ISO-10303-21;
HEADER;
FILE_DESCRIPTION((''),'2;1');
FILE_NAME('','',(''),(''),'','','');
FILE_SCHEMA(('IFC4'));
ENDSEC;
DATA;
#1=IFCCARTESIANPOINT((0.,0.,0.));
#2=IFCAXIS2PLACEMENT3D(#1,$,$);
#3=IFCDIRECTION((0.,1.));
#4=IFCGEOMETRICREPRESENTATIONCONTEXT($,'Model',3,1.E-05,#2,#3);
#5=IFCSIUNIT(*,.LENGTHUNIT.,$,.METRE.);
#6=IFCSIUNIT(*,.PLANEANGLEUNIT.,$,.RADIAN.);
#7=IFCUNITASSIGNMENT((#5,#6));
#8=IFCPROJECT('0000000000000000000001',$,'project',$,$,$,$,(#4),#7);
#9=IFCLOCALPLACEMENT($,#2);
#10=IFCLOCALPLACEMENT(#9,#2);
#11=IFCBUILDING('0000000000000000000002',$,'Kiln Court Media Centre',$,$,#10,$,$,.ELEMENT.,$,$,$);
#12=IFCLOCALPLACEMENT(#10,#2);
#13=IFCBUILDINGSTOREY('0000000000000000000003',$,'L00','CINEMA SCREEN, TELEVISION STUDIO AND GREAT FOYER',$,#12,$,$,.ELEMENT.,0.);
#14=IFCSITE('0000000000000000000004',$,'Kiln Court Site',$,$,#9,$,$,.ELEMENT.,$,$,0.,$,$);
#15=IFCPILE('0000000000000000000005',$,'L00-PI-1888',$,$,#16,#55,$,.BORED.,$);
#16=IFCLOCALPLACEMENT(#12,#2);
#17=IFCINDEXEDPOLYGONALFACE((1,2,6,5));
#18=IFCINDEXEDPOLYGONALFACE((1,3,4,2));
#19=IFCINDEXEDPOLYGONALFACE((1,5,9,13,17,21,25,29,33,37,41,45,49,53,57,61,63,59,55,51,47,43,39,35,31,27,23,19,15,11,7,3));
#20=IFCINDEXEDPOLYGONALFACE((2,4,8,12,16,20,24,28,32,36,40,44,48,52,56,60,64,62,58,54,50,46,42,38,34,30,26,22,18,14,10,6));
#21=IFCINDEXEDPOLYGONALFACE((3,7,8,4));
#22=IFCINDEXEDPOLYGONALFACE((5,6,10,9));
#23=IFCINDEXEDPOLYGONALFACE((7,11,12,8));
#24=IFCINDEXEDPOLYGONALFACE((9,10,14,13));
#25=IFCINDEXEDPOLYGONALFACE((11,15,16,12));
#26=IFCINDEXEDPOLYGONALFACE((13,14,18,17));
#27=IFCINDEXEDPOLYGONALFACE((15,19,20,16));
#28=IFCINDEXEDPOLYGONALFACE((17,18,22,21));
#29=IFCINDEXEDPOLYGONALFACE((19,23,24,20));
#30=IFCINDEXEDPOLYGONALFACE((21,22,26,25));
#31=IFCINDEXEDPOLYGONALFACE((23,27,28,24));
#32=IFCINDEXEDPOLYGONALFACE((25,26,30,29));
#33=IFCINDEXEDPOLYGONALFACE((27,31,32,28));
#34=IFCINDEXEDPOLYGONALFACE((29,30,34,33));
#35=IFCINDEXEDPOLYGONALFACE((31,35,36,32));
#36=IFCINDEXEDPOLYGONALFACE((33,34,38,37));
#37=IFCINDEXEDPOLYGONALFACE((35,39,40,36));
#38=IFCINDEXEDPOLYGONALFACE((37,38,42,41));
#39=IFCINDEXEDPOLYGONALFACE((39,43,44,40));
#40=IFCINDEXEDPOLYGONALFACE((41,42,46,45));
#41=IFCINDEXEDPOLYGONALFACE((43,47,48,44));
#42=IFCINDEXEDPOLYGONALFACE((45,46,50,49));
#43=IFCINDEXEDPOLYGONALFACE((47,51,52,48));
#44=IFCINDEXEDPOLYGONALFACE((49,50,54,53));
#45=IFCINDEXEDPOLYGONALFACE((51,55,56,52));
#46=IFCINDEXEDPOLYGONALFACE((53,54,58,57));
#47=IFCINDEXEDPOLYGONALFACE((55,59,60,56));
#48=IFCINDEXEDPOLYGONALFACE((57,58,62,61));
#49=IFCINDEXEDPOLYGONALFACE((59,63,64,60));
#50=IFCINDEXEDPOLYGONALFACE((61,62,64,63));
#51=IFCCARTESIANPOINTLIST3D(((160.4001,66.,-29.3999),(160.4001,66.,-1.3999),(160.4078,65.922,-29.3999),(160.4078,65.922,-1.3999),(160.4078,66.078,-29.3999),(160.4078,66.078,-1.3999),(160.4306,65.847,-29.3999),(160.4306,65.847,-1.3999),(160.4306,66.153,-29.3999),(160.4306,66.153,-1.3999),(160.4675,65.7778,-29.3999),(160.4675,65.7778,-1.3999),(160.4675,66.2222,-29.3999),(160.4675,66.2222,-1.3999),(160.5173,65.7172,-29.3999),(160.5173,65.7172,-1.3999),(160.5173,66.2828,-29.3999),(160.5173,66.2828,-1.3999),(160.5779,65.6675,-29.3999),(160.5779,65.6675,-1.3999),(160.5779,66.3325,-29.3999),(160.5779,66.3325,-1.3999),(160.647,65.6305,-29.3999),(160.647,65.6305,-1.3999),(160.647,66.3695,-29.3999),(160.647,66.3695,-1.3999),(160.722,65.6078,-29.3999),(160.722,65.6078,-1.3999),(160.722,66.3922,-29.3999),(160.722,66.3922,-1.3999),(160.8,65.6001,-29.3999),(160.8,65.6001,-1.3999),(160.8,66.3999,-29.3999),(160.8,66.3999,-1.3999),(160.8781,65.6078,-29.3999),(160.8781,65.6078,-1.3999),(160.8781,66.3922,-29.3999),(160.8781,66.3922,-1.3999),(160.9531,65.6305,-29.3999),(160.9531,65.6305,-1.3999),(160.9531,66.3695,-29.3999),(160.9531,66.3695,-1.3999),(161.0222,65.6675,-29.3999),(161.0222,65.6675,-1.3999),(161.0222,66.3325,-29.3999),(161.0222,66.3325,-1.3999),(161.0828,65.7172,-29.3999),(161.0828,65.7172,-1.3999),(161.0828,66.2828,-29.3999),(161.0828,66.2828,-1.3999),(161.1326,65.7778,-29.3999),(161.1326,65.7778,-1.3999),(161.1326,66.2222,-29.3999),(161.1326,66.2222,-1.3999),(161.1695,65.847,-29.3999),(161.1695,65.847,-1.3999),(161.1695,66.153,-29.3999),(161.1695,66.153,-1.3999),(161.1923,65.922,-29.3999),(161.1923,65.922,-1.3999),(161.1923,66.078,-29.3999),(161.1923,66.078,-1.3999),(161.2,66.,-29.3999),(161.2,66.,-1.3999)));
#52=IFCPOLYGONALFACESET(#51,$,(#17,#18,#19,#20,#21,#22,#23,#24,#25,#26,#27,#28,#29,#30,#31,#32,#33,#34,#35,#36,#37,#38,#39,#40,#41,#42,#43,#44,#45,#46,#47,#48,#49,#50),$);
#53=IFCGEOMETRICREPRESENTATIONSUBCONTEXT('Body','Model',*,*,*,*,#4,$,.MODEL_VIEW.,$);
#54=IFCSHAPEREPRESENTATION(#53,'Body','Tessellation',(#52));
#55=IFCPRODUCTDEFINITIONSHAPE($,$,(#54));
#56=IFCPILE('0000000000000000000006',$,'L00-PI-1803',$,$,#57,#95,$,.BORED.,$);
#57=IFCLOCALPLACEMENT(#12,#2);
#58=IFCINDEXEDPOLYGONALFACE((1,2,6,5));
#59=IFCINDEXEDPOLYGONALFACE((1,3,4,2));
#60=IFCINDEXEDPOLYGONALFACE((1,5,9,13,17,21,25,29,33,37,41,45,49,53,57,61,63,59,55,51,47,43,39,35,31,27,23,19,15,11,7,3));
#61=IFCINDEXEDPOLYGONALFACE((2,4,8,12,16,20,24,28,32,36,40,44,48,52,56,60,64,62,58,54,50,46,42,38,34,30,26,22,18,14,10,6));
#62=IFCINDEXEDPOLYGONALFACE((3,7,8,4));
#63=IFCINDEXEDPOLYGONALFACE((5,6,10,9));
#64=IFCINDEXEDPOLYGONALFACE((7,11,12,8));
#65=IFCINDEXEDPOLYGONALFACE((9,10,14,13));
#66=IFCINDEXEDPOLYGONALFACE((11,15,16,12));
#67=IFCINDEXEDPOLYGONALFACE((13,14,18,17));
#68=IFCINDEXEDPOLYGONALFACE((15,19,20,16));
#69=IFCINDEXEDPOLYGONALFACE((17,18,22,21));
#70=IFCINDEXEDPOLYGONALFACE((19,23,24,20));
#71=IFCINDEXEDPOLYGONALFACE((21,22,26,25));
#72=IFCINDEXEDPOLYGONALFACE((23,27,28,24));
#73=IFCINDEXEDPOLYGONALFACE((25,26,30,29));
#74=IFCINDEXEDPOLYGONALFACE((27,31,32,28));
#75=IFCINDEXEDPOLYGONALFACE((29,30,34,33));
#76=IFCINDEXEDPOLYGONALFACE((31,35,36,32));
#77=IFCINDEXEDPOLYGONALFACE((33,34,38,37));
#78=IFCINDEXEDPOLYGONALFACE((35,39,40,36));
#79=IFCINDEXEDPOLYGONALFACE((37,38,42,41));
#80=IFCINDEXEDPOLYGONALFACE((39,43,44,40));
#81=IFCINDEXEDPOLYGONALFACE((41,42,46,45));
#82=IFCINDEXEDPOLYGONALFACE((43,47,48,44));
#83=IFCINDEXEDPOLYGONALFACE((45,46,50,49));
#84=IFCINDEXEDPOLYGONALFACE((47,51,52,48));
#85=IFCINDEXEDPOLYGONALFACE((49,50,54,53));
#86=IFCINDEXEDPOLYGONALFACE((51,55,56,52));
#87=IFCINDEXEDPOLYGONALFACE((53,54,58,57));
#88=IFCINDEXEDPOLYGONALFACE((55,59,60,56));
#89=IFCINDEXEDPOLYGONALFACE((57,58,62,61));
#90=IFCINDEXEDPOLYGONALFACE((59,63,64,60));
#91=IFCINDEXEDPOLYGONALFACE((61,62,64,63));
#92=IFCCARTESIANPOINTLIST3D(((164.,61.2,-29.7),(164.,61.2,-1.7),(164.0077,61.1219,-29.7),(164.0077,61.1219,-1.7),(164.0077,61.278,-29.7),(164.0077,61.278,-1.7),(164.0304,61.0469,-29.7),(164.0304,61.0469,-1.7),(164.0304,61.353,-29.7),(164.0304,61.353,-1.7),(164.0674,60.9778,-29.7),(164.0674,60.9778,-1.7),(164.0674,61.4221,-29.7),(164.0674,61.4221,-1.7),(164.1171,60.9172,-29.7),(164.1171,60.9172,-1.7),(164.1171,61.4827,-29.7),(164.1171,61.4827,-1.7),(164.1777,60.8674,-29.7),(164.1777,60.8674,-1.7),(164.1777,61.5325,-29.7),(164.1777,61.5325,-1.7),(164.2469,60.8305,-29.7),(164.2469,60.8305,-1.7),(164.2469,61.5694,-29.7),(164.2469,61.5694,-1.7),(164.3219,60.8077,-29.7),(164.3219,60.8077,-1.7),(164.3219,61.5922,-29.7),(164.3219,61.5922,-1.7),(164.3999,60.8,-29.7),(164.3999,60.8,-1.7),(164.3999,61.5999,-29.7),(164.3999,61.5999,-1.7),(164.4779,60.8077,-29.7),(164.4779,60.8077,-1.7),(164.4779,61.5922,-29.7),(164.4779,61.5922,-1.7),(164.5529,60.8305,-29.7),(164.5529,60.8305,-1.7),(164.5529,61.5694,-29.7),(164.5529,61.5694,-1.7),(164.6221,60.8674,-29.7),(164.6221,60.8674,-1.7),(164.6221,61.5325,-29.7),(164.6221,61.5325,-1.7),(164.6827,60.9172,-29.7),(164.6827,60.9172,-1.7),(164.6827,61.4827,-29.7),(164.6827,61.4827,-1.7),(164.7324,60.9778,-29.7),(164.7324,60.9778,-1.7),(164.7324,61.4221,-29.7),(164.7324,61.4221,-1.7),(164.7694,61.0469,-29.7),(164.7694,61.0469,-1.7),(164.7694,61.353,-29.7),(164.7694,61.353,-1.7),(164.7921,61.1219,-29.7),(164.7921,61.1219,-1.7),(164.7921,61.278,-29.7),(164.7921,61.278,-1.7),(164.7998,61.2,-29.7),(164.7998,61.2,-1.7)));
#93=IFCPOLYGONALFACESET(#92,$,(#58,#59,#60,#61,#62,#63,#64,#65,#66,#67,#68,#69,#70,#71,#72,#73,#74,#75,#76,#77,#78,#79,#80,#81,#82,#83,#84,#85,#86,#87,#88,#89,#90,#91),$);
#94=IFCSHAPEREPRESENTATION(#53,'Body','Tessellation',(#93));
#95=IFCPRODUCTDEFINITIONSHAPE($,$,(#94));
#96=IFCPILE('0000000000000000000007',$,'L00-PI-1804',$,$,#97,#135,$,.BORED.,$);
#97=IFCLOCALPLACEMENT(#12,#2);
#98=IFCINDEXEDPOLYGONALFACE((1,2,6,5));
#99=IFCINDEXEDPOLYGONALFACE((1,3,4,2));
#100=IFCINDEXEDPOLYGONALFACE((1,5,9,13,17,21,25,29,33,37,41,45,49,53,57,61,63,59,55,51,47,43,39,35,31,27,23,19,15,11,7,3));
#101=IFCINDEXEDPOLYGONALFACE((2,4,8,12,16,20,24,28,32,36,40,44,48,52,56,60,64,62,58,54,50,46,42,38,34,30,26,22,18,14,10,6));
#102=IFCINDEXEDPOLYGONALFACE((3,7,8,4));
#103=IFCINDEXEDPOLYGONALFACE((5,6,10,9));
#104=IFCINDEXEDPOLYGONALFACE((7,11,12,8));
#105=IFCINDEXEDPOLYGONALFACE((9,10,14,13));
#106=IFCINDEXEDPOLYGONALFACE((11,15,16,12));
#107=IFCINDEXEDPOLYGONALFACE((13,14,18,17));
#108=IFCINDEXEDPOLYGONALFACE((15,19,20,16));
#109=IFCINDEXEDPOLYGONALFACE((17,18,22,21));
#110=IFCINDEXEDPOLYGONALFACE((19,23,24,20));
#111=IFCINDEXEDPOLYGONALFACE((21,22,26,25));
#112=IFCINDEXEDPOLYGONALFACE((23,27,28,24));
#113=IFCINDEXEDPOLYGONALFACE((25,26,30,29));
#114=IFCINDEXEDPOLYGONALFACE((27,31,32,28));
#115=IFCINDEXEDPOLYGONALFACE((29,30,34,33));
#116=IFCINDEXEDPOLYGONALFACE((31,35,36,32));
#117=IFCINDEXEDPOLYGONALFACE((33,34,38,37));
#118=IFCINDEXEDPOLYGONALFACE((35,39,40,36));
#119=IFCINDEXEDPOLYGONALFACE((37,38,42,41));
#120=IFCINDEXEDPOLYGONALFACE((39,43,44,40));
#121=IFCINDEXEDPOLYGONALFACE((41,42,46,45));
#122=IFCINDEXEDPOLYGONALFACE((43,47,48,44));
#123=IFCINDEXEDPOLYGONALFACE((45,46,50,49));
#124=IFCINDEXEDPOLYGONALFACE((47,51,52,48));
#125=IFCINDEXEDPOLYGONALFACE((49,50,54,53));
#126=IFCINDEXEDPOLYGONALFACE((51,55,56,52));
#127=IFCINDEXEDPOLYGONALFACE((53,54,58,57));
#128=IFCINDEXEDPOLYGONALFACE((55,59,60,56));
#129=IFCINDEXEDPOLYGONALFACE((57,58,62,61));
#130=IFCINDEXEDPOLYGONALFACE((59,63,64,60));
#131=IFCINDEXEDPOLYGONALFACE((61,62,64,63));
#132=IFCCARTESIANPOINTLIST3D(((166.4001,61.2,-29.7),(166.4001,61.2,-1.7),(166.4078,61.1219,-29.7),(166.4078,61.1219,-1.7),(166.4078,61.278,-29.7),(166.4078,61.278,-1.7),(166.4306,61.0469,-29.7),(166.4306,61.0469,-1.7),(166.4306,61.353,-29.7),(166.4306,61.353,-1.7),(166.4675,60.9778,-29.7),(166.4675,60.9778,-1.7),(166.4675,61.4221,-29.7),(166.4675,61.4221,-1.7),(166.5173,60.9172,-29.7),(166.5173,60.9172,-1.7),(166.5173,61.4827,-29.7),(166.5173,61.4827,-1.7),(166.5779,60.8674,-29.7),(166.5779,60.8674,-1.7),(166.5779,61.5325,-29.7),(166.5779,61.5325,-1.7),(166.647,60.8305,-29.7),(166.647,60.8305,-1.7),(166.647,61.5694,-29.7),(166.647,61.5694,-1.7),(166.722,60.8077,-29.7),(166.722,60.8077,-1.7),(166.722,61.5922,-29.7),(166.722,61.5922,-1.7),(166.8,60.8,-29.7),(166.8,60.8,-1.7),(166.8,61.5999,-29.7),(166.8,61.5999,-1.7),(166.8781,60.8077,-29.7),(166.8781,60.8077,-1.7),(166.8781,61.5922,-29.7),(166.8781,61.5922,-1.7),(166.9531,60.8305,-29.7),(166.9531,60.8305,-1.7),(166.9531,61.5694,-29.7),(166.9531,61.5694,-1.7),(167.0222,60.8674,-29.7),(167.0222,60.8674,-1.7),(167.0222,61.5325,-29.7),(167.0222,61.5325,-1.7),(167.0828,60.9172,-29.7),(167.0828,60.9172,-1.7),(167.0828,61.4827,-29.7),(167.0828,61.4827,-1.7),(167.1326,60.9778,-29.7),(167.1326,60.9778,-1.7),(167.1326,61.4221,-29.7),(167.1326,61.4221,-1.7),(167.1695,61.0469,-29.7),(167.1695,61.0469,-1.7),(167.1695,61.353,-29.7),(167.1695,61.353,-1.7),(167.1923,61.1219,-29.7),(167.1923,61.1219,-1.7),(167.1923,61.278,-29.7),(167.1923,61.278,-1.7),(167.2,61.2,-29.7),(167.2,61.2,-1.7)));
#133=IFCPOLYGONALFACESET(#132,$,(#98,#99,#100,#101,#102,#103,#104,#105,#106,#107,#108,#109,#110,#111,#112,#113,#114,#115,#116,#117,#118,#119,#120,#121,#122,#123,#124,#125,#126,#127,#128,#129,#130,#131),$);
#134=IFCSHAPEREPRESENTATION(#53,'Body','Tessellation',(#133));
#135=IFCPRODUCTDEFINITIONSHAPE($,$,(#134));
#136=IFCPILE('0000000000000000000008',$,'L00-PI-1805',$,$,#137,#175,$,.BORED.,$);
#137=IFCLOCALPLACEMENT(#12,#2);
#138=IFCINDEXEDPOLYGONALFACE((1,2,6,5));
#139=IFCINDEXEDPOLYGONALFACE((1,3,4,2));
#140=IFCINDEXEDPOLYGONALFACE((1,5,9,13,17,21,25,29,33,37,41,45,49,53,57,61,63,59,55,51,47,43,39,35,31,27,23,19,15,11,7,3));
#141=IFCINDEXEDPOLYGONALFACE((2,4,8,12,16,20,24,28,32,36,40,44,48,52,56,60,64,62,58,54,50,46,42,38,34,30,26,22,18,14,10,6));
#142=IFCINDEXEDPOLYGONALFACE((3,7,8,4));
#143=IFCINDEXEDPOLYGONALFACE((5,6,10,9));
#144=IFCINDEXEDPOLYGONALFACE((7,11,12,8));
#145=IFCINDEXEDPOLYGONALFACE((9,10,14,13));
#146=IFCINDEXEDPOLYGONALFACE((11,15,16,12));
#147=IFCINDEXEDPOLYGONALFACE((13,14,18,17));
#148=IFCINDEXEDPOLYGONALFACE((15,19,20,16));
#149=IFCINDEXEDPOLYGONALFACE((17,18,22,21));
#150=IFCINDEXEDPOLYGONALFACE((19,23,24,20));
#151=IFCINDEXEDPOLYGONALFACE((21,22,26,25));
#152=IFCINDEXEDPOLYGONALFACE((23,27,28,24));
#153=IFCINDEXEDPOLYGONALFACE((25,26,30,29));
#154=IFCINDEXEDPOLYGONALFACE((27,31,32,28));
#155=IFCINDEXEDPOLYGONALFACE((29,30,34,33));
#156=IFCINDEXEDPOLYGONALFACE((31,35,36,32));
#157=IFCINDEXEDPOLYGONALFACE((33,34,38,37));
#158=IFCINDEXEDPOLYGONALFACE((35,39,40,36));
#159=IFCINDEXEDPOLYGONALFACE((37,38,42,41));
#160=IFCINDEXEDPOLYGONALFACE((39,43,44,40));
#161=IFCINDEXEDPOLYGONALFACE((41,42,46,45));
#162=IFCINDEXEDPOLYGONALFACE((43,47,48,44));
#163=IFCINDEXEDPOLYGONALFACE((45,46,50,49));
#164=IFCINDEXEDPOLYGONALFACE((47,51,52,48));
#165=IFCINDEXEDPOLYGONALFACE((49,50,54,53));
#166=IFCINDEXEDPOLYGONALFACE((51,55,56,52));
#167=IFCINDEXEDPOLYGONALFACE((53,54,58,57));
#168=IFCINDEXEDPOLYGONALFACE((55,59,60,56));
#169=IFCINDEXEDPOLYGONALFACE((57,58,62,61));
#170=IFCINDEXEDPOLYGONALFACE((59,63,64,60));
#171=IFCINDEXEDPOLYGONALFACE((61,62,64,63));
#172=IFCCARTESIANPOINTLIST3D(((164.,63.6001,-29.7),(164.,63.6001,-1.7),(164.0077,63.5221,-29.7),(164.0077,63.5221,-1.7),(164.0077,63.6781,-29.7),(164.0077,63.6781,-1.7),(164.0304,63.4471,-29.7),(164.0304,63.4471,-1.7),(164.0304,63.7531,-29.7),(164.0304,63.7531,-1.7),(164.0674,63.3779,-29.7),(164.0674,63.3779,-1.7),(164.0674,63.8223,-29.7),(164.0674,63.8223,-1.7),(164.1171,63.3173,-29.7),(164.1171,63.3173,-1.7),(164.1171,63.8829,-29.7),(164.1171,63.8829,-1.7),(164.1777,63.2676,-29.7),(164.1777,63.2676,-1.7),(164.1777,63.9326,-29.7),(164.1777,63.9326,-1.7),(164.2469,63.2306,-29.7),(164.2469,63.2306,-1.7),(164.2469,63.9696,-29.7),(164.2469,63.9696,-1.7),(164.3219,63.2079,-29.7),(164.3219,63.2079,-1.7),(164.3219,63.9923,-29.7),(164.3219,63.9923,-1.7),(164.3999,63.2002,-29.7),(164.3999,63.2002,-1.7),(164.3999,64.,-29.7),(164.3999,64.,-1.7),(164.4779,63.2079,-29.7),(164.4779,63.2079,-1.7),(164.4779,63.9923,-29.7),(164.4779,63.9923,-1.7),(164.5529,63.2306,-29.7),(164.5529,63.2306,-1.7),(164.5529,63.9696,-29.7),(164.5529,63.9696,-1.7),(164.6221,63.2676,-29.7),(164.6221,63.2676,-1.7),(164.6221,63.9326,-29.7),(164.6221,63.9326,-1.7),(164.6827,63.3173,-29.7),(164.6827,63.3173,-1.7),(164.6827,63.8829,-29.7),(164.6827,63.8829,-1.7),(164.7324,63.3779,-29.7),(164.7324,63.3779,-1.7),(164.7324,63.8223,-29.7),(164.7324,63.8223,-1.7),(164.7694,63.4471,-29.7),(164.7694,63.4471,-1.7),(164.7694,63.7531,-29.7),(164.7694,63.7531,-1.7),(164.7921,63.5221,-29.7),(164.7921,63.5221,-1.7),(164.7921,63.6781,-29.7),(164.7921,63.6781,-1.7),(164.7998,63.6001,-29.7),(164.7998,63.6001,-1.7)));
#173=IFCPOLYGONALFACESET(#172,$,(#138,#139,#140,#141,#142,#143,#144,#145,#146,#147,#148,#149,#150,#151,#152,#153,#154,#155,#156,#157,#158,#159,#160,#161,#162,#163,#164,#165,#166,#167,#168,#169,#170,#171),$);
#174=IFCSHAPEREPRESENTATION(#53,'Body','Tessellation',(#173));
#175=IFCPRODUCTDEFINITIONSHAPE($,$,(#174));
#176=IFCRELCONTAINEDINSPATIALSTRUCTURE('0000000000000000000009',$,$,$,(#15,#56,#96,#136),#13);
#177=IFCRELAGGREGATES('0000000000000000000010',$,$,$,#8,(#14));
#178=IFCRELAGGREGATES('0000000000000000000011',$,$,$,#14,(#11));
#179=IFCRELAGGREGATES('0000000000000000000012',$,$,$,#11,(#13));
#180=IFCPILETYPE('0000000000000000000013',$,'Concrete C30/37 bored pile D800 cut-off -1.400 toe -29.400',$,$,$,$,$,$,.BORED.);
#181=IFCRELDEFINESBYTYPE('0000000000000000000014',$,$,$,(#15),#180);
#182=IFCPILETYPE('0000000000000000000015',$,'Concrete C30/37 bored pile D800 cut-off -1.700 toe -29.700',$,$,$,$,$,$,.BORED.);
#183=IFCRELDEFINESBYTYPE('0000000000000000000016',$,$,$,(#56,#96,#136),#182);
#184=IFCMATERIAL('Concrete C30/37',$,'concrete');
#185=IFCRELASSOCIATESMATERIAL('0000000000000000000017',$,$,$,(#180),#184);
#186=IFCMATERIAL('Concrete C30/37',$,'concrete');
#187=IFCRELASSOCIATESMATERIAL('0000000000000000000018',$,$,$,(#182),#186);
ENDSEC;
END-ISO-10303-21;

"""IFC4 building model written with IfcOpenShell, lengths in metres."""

from ifc_helpers import new_model, si_unit, direction, frame, origin, origin_2d, place, context, subcontext, project, spatial, circle, extrude, material, material_profile, profile_set, type_object, element, save


model = new_model("IFC4")

# Units and contexts
model_context = context("Model", 3, precision=1e-05, world=origin(), true_north=direction((0.0, 1.0)))
body_context = subcontext(model_context, "Body", "Model", "MODEL_VIEW")
ifc_project = project(units=[si_unit("LENGTHUNIT", "METRE"), si_unit("PLANEANGLEUNIT", "RADIAN")], contexts=[model_context])

# Site, building, storey
site_placement = place(None, origin())
site = spatial("IfcSite", under=ifc_project, at=site_placement, Name="Kiln Court Site", CompositionType="ELEMENT", RefElevation=0.0)
building_placement = place(site_placement, origin())
building = spatial("IfcBuilding", under=site, at=building_placement, Name="Kiln Court Media Centre", CompositionType="ELEMENT")
storey_placement = place(building_placement, origin())
storey = spatial("IfcBuildingStorey", under=building, at=storey_placement, Name="L00", Description="CINEMA SCREEN, TELEVISION STUDIO AND GREAT FOYER", CompositionType="ELEMENT", Elevation=0.0)

# Piles
ifc_material_1 = material(Name="Concrete C30/37", Category="concrete")
ifc_material_profile_1 = material_profile(ifc_material_1, circle(Radius=0.3999, at=origin_2d()), Name="PILE D800")
ifc_profile_set_1 = profile_set([ifc_material_profile_1], Name="Concrete C30/37")
pile_type_1 = type_object("IfcPileType", Name="Concrete C30/37 bored pile D800 cut-off -1.400 toe -29.400", PredefinedType="BORED", material=ifc_profile_set_1)
pile_placement = place(storey_placement, frame((160.8, 66.0, -1.3999), z_axis=(0.0, 0.0, -1.0), x_axis=(1.0, 0.0, 0.0)))
element("IfcPile", 1, at=pile_placement, inside=storey, type_object=pile_type_1, Name="L00-PI-1888", PredefinedType="BORED", context=body_context, shape_type="SweptSolid", body=[
    extrude(circle(Radius=0.3999, at=origin_2d()), origin(), (0.0, 0.0, 1.0), 28.0),
])
ifc_material_2 = material(Name="Concrete C30/37", Category="concrete")
ifc_material_profile_2 = material_profile(ifc_material_2, circle(Radius=0.3999, at=origin_2d()), Name="PILE D800")
ifc_profile_set_2 = profile_set([ifc_material_profile_2], Name="Concrete C30/37")
pile_type_2 = type_object("IfcPileType", Name="Concrete C30/37 bored pile D800 cut-off -1.700 toe -29.700", PredefinedType="BORED", material=ifc_profile_set_2)
for number, where, z_axis, x_axis, name in (
    (2, (164.3999, 61.2, -1.7), (0.0, 0.0, -1.0), (1.0, 0.0, 0.0), "L00-PI-1803"),
    (3, (166.8, 61.2, -1.7), (0.0, 0.0, -1.0), (1.0, 0.0, 0.0), "L00-PI-1804"),
    (4, (164.3999, 63.6001, -1.7), (0.0, 0.0, -1.0), (1.0, 0.0, 0.0), "L00-PI-1805"),
):
    element("IfcPile", number, at=place(storey_placement, frame(where, z_axis=z_axis, x_axis=x_axis)), inside=storey, type_object=pile_type_2, Name=name, PredefinedType="BORED", context=body_context, shape_type="SweptSolid", body=[
        extrude(circle(Radius=0.3999, at=origin_2d()), origin(), (0.0, 0.0, 1.0), 28.0),
    ])

save(model, "model.ifc")
